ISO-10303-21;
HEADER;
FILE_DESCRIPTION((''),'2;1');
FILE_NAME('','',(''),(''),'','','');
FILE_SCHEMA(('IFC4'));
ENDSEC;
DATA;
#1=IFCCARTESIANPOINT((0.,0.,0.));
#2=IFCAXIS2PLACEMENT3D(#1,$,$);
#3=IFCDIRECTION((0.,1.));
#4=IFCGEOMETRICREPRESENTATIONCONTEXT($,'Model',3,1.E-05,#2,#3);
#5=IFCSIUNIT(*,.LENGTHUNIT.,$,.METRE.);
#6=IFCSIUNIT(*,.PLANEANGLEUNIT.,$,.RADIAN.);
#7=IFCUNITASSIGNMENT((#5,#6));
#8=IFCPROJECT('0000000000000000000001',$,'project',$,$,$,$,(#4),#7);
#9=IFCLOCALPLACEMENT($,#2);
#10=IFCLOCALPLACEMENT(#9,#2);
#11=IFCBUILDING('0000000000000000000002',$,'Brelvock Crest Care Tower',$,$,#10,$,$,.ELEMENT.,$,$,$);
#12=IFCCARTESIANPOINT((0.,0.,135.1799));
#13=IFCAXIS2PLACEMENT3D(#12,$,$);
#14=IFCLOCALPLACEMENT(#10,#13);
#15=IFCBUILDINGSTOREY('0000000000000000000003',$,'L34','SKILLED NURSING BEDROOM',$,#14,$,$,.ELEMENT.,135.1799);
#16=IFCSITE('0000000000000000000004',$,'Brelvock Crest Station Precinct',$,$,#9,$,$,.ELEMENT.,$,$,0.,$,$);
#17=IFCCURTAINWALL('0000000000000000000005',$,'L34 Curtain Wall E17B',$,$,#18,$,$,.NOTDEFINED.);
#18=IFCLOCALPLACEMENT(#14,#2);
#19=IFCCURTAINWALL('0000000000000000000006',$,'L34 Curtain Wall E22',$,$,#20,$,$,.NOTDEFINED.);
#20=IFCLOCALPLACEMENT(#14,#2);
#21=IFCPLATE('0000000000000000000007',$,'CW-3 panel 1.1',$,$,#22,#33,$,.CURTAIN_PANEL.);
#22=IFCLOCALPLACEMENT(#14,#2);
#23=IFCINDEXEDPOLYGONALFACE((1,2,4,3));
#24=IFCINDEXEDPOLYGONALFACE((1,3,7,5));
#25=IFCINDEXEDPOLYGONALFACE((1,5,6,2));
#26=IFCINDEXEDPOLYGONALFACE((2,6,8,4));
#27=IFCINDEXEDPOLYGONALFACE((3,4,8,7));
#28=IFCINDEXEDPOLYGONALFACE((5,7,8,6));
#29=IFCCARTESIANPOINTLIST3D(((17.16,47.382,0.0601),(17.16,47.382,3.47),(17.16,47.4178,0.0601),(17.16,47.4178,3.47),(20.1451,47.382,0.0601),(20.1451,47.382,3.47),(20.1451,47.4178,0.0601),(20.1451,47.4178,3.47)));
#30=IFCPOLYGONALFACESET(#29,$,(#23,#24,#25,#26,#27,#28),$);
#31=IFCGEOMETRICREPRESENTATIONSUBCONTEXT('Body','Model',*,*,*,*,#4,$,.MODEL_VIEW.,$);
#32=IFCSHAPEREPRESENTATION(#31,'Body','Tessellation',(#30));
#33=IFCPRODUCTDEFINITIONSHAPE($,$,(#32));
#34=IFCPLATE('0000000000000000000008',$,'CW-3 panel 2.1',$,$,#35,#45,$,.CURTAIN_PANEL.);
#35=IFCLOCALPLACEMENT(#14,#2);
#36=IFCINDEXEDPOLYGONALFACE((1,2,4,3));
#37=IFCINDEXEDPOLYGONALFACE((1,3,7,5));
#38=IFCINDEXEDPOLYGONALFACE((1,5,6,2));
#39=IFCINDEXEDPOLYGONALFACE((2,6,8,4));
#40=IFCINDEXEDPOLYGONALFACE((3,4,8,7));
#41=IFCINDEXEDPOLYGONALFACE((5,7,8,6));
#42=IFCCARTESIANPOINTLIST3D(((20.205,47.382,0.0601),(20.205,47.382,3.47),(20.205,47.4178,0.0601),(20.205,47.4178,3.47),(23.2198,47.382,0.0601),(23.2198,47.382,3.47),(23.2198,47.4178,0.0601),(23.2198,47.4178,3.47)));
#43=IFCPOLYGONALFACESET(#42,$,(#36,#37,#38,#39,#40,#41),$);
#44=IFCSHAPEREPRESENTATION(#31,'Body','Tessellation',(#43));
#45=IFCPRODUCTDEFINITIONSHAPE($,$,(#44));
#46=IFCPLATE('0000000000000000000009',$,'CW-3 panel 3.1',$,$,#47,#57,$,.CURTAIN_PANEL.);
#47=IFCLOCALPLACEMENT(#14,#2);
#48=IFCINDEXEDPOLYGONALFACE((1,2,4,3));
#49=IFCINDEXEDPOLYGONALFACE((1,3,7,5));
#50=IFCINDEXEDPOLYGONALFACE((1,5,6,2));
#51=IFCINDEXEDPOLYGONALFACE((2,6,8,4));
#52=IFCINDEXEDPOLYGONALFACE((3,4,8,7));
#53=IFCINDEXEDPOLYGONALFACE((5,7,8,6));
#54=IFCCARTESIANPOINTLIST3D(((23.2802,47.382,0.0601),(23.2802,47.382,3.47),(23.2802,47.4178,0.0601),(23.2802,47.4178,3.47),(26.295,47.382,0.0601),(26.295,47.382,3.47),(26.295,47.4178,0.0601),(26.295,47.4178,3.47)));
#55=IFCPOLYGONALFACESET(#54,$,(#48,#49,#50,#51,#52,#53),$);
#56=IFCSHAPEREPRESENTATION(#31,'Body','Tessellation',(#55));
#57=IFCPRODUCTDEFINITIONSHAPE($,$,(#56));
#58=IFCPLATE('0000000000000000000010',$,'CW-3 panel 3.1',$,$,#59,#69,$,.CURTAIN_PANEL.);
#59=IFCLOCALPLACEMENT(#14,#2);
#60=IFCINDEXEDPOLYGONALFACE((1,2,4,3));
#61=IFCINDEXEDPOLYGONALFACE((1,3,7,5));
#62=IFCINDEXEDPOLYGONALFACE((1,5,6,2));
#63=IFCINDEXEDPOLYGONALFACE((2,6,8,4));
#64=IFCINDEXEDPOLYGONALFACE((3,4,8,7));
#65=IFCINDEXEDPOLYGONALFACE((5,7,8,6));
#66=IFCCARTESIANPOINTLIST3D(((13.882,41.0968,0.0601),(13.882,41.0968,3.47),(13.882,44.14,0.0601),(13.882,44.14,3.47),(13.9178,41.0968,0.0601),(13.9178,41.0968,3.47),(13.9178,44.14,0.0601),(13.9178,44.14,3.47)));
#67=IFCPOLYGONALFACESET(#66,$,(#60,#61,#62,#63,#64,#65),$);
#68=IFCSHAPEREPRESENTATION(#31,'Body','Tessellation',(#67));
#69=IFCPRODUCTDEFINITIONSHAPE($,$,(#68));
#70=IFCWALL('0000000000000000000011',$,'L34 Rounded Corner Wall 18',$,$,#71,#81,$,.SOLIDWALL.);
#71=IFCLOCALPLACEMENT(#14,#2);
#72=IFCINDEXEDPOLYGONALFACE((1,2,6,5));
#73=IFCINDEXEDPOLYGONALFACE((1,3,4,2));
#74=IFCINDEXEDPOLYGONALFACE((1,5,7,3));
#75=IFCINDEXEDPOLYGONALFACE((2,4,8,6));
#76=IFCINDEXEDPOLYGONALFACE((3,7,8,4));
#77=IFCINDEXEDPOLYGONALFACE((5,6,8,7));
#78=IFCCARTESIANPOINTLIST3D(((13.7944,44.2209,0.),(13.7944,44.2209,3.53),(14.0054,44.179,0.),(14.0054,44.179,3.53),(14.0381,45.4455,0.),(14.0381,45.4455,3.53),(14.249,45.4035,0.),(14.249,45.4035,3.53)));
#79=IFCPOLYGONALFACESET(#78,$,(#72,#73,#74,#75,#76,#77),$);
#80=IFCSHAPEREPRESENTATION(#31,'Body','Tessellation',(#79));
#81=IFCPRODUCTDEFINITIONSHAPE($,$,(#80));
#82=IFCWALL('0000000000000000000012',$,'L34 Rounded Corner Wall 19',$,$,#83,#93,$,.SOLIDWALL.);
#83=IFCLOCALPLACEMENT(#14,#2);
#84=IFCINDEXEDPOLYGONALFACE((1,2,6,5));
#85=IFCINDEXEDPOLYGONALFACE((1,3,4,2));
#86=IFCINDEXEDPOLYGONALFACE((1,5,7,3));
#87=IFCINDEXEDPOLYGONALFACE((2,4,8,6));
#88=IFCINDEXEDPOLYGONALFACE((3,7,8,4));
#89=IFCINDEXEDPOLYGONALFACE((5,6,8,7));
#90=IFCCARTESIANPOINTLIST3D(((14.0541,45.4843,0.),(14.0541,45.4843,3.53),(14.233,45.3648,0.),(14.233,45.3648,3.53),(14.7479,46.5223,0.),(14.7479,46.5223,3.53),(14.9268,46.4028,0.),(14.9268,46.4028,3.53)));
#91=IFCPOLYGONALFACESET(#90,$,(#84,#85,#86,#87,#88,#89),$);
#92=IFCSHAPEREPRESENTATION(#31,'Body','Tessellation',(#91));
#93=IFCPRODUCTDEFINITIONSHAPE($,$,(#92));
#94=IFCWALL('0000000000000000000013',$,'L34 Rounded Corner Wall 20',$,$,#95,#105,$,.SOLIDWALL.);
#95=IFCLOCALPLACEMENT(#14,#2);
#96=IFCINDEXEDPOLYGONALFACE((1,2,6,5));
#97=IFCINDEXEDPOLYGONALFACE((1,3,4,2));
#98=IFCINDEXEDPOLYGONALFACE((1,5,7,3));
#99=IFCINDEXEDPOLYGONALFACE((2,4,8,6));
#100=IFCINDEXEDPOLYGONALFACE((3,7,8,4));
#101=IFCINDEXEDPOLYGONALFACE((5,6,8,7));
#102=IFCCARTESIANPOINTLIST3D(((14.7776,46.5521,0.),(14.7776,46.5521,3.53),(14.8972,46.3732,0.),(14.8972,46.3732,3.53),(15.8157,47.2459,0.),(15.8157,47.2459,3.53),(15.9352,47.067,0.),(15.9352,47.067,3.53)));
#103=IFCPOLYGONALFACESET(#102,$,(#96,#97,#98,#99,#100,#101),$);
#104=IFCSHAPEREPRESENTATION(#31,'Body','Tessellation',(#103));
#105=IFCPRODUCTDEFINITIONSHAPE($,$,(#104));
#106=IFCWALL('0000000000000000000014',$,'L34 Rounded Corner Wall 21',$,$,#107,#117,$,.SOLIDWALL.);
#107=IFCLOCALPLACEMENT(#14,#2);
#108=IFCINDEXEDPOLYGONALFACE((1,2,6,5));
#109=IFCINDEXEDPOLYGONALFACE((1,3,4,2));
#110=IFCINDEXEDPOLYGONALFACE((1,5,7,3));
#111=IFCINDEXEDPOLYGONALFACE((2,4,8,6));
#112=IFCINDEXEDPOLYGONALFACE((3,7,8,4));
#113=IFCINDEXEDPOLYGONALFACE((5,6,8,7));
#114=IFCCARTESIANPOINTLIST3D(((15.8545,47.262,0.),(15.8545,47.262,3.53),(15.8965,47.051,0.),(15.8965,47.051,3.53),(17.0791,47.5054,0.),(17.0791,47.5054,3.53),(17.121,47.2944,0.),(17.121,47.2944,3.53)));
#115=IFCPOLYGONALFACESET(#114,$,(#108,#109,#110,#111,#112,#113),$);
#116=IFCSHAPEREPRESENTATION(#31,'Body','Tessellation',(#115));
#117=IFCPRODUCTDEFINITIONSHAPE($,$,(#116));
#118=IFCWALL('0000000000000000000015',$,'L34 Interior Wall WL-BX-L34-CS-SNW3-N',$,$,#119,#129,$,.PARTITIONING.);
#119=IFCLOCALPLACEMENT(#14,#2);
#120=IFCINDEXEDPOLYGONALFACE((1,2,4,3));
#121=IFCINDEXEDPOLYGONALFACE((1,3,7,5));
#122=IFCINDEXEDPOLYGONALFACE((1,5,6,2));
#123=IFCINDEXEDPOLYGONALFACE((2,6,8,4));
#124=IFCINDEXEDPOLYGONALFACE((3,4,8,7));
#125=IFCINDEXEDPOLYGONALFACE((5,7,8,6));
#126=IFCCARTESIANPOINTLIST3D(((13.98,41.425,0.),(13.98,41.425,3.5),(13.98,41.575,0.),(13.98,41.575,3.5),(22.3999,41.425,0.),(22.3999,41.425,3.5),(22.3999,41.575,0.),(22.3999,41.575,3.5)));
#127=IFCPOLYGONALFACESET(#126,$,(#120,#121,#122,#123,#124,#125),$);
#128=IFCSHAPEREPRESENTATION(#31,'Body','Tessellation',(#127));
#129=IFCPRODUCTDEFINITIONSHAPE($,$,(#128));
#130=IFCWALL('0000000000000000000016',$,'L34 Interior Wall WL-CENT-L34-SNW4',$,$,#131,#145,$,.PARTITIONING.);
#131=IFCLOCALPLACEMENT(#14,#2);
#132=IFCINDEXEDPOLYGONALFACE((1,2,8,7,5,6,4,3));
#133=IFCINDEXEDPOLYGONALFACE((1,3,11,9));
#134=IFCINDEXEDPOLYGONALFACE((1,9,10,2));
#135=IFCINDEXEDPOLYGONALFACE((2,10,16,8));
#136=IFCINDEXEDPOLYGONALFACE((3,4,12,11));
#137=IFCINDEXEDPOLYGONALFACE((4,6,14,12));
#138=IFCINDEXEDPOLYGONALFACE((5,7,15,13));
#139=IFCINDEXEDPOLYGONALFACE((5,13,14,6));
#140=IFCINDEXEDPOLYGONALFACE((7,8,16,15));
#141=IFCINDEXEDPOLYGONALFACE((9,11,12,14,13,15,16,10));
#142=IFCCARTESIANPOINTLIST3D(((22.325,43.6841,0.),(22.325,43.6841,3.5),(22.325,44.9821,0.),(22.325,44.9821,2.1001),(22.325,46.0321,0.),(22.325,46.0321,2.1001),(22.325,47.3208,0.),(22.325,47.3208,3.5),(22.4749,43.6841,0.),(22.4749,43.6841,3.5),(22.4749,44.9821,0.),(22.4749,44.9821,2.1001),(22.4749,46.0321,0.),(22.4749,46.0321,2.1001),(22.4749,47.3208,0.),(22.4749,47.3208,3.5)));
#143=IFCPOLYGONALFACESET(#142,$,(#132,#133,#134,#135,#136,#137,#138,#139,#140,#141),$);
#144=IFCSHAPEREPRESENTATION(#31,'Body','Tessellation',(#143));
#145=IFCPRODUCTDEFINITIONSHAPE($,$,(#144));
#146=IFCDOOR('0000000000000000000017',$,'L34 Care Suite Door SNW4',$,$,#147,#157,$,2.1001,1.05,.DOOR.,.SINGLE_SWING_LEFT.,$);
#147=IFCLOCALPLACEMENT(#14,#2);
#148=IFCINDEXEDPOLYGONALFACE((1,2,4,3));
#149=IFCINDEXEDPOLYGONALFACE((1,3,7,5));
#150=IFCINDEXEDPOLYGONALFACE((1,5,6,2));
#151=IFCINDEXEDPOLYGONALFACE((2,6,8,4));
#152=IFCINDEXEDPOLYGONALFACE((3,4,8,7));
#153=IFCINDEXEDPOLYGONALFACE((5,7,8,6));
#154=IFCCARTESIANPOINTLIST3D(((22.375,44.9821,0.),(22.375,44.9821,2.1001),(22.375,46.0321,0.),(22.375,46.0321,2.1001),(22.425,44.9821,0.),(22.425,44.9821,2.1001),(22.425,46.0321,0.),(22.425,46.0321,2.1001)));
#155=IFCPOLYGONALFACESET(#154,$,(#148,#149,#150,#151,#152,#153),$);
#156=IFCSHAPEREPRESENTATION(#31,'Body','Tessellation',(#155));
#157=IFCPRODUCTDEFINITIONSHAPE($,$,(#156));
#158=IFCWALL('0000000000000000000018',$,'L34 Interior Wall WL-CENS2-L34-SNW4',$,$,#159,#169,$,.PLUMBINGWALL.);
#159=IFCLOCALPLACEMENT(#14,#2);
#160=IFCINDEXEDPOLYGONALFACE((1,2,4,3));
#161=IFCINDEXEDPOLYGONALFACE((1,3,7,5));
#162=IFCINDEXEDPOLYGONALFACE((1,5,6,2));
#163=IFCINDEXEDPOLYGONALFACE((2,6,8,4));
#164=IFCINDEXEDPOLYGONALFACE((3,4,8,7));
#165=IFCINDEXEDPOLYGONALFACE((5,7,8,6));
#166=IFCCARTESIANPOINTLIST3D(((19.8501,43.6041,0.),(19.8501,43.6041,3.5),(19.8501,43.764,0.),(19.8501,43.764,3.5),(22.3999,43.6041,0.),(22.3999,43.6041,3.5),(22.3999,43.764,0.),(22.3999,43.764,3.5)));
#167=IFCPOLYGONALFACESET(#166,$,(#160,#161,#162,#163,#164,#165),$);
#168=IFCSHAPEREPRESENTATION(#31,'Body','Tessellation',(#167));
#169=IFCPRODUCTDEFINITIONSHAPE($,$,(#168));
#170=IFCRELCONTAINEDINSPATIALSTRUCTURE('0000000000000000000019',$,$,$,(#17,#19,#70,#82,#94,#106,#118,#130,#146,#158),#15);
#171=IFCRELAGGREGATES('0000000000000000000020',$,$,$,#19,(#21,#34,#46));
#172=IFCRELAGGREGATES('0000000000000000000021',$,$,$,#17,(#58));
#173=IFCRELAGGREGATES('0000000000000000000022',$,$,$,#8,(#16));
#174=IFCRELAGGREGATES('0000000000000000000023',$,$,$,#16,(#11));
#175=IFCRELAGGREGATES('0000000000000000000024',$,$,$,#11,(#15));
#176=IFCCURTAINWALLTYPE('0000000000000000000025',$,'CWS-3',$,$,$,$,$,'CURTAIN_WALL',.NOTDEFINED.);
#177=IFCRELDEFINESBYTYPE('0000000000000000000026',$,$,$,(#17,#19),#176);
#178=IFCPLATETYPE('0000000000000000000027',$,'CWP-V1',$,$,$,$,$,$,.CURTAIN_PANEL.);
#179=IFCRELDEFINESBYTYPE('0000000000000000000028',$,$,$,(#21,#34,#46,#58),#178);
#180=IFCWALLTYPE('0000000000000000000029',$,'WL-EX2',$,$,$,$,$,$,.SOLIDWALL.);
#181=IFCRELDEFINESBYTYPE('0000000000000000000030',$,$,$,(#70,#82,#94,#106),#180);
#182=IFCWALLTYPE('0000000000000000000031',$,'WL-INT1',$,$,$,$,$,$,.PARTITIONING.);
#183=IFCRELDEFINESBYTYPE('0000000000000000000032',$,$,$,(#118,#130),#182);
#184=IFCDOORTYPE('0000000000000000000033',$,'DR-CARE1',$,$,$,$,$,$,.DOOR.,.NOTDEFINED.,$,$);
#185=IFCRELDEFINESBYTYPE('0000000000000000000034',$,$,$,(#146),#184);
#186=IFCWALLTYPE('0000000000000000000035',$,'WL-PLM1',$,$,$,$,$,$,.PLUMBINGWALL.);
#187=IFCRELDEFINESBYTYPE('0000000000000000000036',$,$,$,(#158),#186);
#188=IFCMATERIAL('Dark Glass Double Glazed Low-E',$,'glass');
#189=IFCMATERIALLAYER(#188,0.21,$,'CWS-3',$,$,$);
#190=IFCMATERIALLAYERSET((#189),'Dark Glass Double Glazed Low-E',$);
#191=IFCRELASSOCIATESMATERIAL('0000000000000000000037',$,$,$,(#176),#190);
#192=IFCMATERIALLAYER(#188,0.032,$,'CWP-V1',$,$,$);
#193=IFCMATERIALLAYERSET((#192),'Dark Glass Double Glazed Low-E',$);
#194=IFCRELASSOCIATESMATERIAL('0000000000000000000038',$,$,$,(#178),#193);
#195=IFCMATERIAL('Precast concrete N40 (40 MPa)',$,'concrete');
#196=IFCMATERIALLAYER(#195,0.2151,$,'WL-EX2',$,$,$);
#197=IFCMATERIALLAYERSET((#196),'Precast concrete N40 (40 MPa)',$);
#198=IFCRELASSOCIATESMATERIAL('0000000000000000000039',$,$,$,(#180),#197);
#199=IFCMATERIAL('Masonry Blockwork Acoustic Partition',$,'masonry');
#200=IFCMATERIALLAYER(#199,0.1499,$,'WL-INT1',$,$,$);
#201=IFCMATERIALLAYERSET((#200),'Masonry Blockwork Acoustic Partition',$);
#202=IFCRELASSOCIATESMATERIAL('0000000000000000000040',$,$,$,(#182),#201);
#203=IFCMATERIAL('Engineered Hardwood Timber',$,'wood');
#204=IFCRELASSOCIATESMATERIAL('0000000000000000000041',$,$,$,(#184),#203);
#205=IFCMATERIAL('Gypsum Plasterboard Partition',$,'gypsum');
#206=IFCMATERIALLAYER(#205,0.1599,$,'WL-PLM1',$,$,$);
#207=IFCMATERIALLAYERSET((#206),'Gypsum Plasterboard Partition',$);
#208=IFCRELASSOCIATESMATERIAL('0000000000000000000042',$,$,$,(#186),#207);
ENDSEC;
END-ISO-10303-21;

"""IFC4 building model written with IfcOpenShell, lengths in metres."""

from ifc_helpers import new_model, si_unit, direction, frame, frame_2d, origin, origin_2d, place, context, subcontext, project, spatial, rectangle, extrude, source, transform, mapped, material, layer, layer_set, type_object, element, fill, aggregate, save


model = new_model("IFC4")

# Units and contexts
model_context = context("Model", 3, precision=1e-05, world=origin(), true_north=direction((0.0, 1.0)))
body_context = subcontext(model_context, "Body", "Model", "MODEL_VIEW")
ifc_project = project(units=[si_unit("LENGTHUNIT", "METRE"), si_unit("PLANEANGLEUNIT", "RADIAN")], contexts=[model_context])

# Site, building, storey
site_placement = place(None, origin())
site = spatial("IfcSite", under=ifc_project, at=site_placement, Name="Brelvock Crest Station Precinct", CompositionType="ELEMENT", RefElevation=0.0)
building_placement = place(site_placement, origin())
building = spatial("IfcBuilding", under=site, at=building_placement, Name="Brelvock Crest Care Tower", CompositionType="ELEMENT")
storey_placement = place(building_placement, frame((0.0, 0.0, 135.1799)))
storey = spatial("IfcBuildingStorey", under=building, at=storey_placement, Name="L34", Description="SKILLED NURSING BEDROOM", CompositionType="ELEMENT", Elevation=135.1799)

# Curtain walls
ifc_material_1 = material(Name="Dark Glass Double Glazed Low-E", Category="glass")
ifc_layer_1 = layer(ifc_material_1, 0.21, Name="CWS-3")
ifc_layer_set_1 = layer_set([ifc_layer_1], Name="Dark Glass Double Glazed Low-E")
curtain_wall_type = type_object("IfcCurtainWallType", Name="CWS-3", ElementType="CURTAIN_WALL", PredefinedType="NOTDEFINED", material=ifc_layer_set_1)
curtain_wall_1_placement = place(storey_placement, origin())
curtain_wall_1 = element("IfcCurtainWall", 1, at=curtain_wall_1_placement, inside=storey, type_object=curtain_wall_type, Name="L34 Curtain Wall E17B", PredefinedType="NOTDEFINED")
curtain_wall_2_placement = place(storey_placement, origin())
curtain_wall_2 = element("IfcCurtainWall", 2, at=curtain_wall_2_placement, inside=storey, type_object=curtain_wall_type, Name="L34 Curtain Wall E22", PredefinedType="NOTDEFINED")

# Plates
ifc_layer_2 = layer(ifc_material_1, 0.032, Name="CWP-V1")
ifc_layer_set_2 = layer_set([ifc_layer_2], Name="Dark Glass Double Glazed Low-E")
plate_type = type_object("IfcPlateType", Name="CWP-V1", PredefinedType="CURTAIN_PANEL", material=ifc_layer_set_2)
shared_shape_1 = source(origin(), body_context, "Body", "SweptSolid", [
    extrude(rectangle(XDim=2.9851, YDim=0.0359, at=origin_2d()), origin(), (0.0, 0.0, 1.0), 3.4099),
])
plate_1_placement = place(storey_placement, frame((18.6526, 47.3999, 0.0601), z_axis=(0.0, 0.0, 1.0), x_axis=(1.0, 0.0, 0.0)))
plate_1 = element("IfcPlate", 3, at=plate_1_placement, type_object=plate_type, Name="CW-3 panel 1.1", PredefinedType="CURTAIN_PANEL", context=body_context, shape_type="MappedRepresentation", body=[
    mapped(shared_shape_1, transform((0.0, 0.0, 0.0), x_axis=(1.0, 0.0, 0.0), y_axis=(0.0, 1.0, 0.0), z_axis=(0.0, 0.0, 1.0), scale=1.0)),
])
shared_shape_2 = source(origin(), body_context, "Body", "SweptSolid", [
    extrude(rectangle(XDim=3.0149, YDim=0.0359, at=origin_2d()), origin(), (0.0, 0.0, 1.0), 3.4099),
])
plate_2_placement = place(storey_placement, frame((21.7124, 47.3999, 0.0601), z_axis=(0.0, 0.0, 1.0), x_axis=(1.0, 0.0, 0.0)))
plate_2 = element("IfcPlate", 4, at=plate_2_placement, type_object=plate_type, Name="CW-3 panel 2.1", PredefinedType="CURTAIN_PANEL", context=body_context, shape_type="MappedRepresentation", body=[
    mapped(shared_shape_2, transform((0.0, 0.0, 0.0), x_axis=(1.0, 0.0, 0.0), y_axis=(0.0, 1.0, 0.0), z_axis=(0.0, 0.0, 1.0), scale=1.0)),
])
plate_3_placement = place(storey_placement, frame((24.7876, 47.3999, 0.0601), z_axis=(0.0, 0.0, 1.0), x_axis=(1.0, 0.0, 0.0)))
plate_3 = element("IfcPlate", 5, at=plate_3_placement, type_object=plate_type, Name="CW-3 panel 3.1", PredefinedType="CURTAIN_PANEL", context=body_context, shape_type="MappedRepresentation", body=[
    mapped(shared_shape_2, transform((0.0, 0.0, 0.0), x_axis=(1.0, 0.0, 0.0), y_axis=(0.0, 1.0, 0.0), z_axis=(0.0, 0.0, 1.0), scale=1.0)),
])
aggregate(curtain_wall_2, [plate_1, plate_2, plate_3])
shared_shape_3 = source(origin(), body_context, "Body", "SweptSolid", [
    extrude(rectangle(XDim=3.0432, YDim=0.0359, at=origin_2d()), origin(), (0.0, 0.0, 1.0), 3.4099),
])
plate_4_placement = place(storey_placement, frame((13.8999, 42.6184, 0.0601), z_axis=(0.0, 0.0, 1.0), x_axis=(0.0, 1.0, 0.0)))
plate_4 = element("IfcPlate", 6, at=plate_4_placement, type_object=plate_type, Name="CW-3 panel 3.1", PredefinedType="CURTAIN_PANEL", context=body_context, shape_type="MappedRepresentation", body=[
    mapped(shared_shape_3, transform((0.0, 0.0, 0.0), x_axis=(1.0, 0.0, 0.0), y_axis=(0.0, 1.0, 0.0), z_axis=(0.0, 0.0, 1.0), scale=1.0)),
])
aggregate(curtain_wall_1, [plate_4])

# Walls
ifc_material_2 = material(Name="Precast concrete N40 (40 MPa)", Category="concrete")
ifc_layer_3 = layer(ifc_material_2, 0.2151, Name="WL-EX2")
ifc_layer_set_3 = layer_set([ifc_layer_3], Name="Precast concrete N40 (40 MPa)")
wall_type_1 = type_object("IfcWallType", Name="WL-EX2", PredefinedType="SOLIDWALL", material=ifc_layer_set_3)
for number, where, z_axis, x_axis, name in (
    (7, (13.8999, 44.2, 0.0), (0.0, 0.0, 1.0), (0.195138, 0.980776, 0.0), "L34 Rounded Corner Wall 18"),
    (8, (14.1436, 45.4246, 0.0), (0.0, 0.0, 1.0), (0.555692, 0.831388, 0.0), "L34 Rounded Corner Wall 19"),
    (9, (14.8374, 46.4626, 0.0), (0.0, 0.0, 1.0), (0.831388, 0.555692, 0.0), "L34 Rounded Corner Wall 20"),
    (10, (15.8755, 47.1565, 0.0), (0.0, 0.0, 1.0), (0.980813, 0.19495, 0.0), "L34 Rounded Corner Wall 21"),
):
    element("IfcWall", number, at=place(storey_placement, frame(where, z_axis=z_axis, x_axis=x_axis)), inside=storey, type_object=wall_type_1, Name=name, PredefinedType="SOLIDWALL", context=body_context, shape_type="SweptSolid", body=[
        extrude(rectangle(XDim=1.2485, YDim=0.2151, at=frame_2d((0.6243, 0.0))), origin(), (0.0, 0.0, 1.0), 3.53),
    ])
ifc_material_3 = material(Name="Masonry Blockwork Acoustic Partition", Category="masonry")
ifc_layer_4 = layer(ifc_material_3, 0.1499, Name="WL-INT1")
ifc_layer_set_4 = layer_set([ifc_layer_4], Name="Masonry Blockwork Acoustic Partition")
wall_type_2 = type_object("IfcWallType", Name="WL-INT1", PredefinedType="PARTITIONING", material=ifc_layer_set_4)
wall_1_placement = place(storey_placement, frame((13.98, 41.5, 0.0), z_axis=(0.0, 0.0, 1.0), x_axis=(1.0, 0.0, 0.0)))
element("IfcWall", 11, at=wall_1_placement, inside=storey, type_object=wall_type_2, Name="L34 Interior Wall WL-BX-L34-CS-SNW3-N", PredefinedType="PARTITIONING", context=body_context, shape_type="SweptSolid", body=[
    extrude(rectangle(XDim=8.4199, YDim=0.1499, at=frame_2d((4.21, 0.0))), origin(), (0.0, 0.0, 1.0), 3.5),
])

# Wall, opening, door
wall_2_placement = place(storey_placement, frame((22.3999, 43.6841, 0.0), z_axis=(0.0, 0.0, 1.0), x_axis=(0.0, 1.0, 0.0)))
wall_2 = element("IfcWall", 12, at=wall_2_placement, inside=storey, type_object=wall_type_2, Name="L34 Interior Wall WL-CENT-L34-SNW4", PredefinedType="PARTITIONING", context=body_context, shape_type="SweptSolid", body=[
    extrude(rectangle(XDim=3.6367, YDim=0.1499, at=frame_2d((1.8184, 0.0))), origin(), (0.0, 0.0, 1.0), 3.5),
])
opening_1_placement = place(wall_2_placement, frame((1.2981, 0.0, 0.0)))
opening_1 = element("IfcOpeningElement", 13, at=opening_1_placement, cuts=wall_2, PredefinedType="OPENING", context=body_context, shape_type="SweptSolid", body=[
    extrude(rectangle(XDim=1.05, YDim=2.1001, at=origin_2d()), frame((0.5249, 0.085, 1.05), z_axis=(0.0, -1.0, 0.0), x_axis=(1.0, 0.0, 0.0)), (0.0, 0.0, 1.0), 0.1699),
])
ifc_material_4 = material(Name="Engineered Hardwood Timber", Category="wood")
door_type_1 = type_object("IfcDoorType", Name="DR-CARE1", OperationType="NOTDEFINED", PredefinedType="DOOR", material=ifc_material_4)
shared_shape_4 = source(origin(), body_context, "Body", "SweptSolid", [
    extrude(rectangle(XDim=1.05, YDim=2.1001, at=origin_2d()), frame((0.5249, 0.0249, 1.05), z_axis=(0.0, -1.0, 0.0), x_axis=(1.0, 0.0, 0.0)), (0.0, 0.0, 1.0), 0.05),
])
door_1_placement = place(opening_1_placement, origin())
door_1 = element("IfcDoor", 14, at=door_1_placement, inside=storey, type_object=door_type_1, Name="L34 Care Suite Door SNW4", OperationType="SINGLE_SWING_LEFT", OverallHeight=2.1001, OverallWidth=1.05, PredefinedType="DOOR", context=body_context, shape_type="MappedRepresentation", body=[
    mapped(shared_shape_4, transform((0.0, 0.0, 0.0), x_axis=(1.0, 0.0, 0.0), y_axis=(0.0, 1.0, 0.0), z_axis=(0.0, 0.0, 1.0), scale=1.0)),
])
fill(opening_1, door_1)

# Wall
ifc_material_5 = material(Name="Gypsum Plasterboard Partition", Category="gypsum")
ifc_layer_5 = layer(ifc_material_5, 0.1599, Name="WL-PLM1")
ifc_layer_set_5 = layer_set([ifc_layer_5], Name="Gypsum Plasterboard Partition")
wall_type_3 = type_object("IfcWallType", Name="WL-PLM1", PredefinedType="PLUMBINGWALL", material=ifc_layer_set_5)
wall_3_placement = place(storey_placement, frame((19.8501, 43.6841, 0.0), z_axis=(0.0, 0.0, 1.0), x_axis=(1.0, 0.0, 0.0)))
element("IfcWall", 15, at=wall_3_placement, inside=storey, type_object=wall_type_3, Name="L34 Interior Wall WL-CENS2-L34-SNW4", PredefinedType="PLUMBINGWALL", context=body_context, shape_type="SweptSolid", body=[
    extrude(rectangle(XDim=2.5498, YDim=0.1599, at=frame_2d((1.2749, 0.0))), origin(), (0.0, 0.0, 1.0), 3.5),
])

save(model, "model.ifc")
